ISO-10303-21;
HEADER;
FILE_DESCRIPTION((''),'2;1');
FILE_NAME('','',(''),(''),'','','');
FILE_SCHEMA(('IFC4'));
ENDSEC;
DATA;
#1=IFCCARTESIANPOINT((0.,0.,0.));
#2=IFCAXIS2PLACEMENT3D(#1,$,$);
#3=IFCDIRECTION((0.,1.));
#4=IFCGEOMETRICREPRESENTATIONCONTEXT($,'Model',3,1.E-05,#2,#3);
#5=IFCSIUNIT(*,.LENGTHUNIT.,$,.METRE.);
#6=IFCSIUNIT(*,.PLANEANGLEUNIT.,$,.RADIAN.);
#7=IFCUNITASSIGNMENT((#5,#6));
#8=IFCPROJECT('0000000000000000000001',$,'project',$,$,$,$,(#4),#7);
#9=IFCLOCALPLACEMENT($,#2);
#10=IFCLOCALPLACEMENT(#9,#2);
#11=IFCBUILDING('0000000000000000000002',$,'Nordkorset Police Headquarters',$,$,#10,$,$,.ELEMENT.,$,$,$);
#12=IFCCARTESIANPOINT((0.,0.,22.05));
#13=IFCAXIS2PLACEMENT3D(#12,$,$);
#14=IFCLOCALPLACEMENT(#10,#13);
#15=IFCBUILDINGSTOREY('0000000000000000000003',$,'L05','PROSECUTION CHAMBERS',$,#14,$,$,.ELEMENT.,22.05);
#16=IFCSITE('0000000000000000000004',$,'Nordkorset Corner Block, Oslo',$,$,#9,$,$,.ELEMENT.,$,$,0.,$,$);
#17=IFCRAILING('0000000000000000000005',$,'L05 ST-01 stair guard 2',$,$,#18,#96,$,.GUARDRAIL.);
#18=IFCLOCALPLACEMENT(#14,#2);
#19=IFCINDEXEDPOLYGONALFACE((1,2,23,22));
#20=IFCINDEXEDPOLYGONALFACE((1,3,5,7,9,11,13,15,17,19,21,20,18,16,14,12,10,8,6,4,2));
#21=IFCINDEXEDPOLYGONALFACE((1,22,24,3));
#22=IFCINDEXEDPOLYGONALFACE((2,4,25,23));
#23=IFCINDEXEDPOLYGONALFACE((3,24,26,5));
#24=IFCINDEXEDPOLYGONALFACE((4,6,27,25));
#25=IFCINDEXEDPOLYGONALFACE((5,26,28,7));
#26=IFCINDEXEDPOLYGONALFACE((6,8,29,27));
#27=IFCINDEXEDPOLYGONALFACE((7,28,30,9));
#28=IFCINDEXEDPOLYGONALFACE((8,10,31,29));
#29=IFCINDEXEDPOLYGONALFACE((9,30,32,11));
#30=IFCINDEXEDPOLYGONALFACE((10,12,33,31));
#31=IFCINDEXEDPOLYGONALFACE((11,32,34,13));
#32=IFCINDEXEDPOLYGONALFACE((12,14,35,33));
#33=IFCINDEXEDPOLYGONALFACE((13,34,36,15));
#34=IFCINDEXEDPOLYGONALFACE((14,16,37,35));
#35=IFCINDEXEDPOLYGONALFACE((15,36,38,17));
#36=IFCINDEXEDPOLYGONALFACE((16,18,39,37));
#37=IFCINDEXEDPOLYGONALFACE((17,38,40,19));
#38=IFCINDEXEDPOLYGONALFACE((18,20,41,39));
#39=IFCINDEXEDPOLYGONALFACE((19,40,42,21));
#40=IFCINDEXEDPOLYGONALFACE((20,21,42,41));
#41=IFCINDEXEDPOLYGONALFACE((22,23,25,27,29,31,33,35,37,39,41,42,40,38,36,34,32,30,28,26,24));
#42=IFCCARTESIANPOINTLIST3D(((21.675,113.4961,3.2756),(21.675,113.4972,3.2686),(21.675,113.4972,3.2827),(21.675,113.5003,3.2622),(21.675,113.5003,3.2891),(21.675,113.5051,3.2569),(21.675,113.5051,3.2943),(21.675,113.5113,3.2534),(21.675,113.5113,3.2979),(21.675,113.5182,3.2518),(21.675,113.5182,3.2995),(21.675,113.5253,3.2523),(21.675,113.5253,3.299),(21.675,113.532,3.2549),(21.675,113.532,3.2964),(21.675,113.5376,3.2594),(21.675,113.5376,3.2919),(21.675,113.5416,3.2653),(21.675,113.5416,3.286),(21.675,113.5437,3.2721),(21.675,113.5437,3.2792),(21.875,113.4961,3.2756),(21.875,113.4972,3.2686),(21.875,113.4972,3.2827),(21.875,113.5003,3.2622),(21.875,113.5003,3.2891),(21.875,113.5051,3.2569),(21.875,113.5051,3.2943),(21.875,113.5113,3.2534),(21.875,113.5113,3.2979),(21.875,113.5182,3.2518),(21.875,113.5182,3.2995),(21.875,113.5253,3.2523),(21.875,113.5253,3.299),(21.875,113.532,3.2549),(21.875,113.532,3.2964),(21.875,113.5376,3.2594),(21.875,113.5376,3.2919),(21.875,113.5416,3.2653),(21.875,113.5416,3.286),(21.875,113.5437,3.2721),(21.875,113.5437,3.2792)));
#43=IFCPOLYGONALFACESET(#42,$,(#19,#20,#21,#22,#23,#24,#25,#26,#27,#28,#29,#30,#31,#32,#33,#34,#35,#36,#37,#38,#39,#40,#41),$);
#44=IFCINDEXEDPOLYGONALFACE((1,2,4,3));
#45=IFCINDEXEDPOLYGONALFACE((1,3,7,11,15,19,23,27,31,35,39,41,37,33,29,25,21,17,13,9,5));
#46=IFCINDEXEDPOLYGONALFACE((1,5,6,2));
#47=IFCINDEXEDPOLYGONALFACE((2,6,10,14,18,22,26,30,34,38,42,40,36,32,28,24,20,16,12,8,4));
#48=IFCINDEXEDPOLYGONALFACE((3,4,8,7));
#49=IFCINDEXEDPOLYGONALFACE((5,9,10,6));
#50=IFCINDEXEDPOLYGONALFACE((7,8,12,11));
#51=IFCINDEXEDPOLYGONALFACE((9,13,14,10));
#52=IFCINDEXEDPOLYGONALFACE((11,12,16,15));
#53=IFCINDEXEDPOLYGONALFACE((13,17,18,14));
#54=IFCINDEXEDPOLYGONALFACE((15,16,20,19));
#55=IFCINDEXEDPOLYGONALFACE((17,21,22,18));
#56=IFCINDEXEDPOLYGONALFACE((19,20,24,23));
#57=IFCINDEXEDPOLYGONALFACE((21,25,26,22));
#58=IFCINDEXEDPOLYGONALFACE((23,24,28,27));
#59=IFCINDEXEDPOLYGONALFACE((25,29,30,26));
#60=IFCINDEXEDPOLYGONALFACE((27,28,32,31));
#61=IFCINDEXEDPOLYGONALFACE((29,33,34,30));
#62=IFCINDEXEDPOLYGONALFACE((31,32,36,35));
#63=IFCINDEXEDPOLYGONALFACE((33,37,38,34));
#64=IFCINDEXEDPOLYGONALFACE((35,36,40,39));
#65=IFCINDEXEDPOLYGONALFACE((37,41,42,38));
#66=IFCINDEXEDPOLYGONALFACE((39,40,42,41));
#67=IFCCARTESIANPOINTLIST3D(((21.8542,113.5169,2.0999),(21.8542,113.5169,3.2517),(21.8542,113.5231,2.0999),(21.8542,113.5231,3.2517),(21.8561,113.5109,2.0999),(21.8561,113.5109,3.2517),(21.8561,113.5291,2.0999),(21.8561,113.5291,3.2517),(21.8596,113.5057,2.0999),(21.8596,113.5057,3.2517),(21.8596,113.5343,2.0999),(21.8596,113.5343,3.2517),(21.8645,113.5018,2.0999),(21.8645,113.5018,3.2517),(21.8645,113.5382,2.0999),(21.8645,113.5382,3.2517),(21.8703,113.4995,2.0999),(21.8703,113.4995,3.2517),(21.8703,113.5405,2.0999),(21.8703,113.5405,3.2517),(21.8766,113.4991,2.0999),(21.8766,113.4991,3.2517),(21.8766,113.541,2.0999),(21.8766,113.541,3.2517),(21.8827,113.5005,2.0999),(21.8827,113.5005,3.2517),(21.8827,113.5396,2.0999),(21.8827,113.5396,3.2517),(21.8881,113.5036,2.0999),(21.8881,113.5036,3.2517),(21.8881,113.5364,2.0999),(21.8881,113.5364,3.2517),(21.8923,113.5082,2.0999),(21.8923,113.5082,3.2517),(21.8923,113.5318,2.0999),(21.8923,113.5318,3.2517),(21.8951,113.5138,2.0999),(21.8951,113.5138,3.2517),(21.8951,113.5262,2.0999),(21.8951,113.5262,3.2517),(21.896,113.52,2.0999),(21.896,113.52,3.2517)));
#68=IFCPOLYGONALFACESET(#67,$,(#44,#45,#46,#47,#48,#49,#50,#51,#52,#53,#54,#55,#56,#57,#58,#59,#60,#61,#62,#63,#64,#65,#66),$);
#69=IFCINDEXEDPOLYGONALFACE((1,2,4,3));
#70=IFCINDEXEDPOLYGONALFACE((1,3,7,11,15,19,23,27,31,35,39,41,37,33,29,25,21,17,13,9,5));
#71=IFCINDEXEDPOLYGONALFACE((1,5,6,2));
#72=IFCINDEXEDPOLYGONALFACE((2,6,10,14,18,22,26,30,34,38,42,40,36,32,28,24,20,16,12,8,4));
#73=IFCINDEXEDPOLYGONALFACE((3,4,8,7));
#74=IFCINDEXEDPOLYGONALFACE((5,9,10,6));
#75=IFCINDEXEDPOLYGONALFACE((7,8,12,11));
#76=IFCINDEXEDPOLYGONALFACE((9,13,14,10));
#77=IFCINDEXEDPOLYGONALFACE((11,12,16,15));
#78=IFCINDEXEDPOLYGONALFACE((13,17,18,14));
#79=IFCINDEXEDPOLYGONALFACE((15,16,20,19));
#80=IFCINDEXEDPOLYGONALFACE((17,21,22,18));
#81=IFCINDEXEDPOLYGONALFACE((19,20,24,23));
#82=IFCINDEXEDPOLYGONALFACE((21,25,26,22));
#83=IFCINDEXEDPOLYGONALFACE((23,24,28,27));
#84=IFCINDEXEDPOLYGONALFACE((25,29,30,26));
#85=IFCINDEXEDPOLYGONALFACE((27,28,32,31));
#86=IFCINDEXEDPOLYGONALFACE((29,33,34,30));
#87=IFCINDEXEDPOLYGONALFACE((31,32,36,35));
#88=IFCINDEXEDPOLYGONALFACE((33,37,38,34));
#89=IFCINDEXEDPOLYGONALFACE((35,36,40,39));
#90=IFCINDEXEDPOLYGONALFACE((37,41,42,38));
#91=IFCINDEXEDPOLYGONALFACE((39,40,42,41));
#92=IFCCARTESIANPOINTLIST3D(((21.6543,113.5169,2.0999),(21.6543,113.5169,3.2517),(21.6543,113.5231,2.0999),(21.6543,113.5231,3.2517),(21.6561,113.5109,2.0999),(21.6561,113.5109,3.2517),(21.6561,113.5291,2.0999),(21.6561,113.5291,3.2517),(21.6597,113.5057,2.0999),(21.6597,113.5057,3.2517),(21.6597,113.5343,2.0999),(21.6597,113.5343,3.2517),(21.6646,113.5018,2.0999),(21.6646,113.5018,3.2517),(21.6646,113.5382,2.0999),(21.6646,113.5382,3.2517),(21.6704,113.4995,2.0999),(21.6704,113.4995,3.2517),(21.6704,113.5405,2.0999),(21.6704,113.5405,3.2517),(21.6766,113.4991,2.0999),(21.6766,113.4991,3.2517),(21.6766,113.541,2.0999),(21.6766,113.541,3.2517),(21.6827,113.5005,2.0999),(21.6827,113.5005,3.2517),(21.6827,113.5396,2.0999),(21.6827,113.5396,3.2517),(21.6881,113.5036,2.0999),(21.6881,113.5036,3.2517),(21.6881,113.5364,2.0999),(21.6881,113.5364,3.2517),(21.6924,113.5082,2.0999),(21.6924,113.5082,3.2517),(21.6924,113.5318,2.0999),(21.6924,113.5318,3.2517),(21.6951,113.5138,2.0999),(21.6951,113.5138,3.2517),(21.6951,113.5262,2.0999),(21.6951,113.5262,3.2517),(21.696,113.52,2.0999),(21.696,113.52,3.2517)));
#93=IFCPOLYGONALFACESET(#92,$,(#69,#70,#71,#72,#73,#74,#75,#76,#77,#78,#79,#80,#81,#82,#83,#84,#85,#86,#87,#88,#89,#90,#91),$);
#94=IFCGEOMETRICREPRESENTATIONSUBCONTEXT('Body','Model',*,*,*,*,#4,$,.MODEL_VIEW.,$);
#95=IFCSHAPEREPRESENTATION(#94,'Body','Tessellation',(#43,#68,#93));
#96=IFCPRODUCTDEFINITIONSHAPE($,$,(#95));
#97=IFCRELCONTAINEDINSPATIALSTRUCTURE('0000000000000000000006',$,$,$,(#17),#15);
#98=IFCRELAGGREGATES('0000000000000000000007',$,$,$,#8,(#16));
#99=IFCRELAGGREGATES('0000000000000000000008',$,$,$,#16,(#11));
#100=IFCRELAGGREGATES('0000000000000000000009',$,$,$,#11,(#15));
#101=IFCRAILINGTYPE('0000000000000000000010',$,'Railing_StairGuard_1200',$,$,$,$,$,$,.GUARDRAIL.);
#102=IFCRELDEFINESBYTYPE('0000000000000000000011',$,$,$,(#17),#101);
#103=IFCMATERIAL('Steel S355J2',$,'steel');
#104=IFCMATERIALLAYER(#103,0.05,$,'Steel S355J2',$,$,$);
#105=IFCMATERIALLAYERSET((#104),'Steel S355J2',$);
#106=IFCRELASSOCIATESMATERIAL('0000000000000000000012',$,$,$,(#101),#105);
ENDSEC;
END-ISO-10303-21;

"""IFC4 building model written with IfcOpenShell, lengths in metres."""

from ifc_helpers import new_model, si_unit, direction, frame, origin, origin_2d, place, context, subcontext, project, spatial, circle, extrude, material, layer, layer_set, type_object, element, save


model = new_model("IFC4")

# Units and contexts
model_context = context("Model", 3, precision=1e-05, world=origin(), true_north=direction((0.0, 1.0)))
body_context = subcontext(model_context, "Body", "Model", "MODEL_VIEW")
ifc_project = project(units=[si_unit("LENGTHUNIT", "METRE"), si_unit("PLANEANGLEUNIT", "RADIAN")], contexts=[model_context])

# Site, building, storey
site_placement = place(None, origin())
site = spatial("IfcSite", under=ifc_project, at=site_placement, Name="Nordkorset Corner Block, Oslo", CompositionType="ELEMENT", RefElevation=0.0)
building_placement = place(site_placement, origin())
building = spatial("IfcBuilding", under=site, at=building_placement, Name="Nordkorset Police Headquarters", CompositionType="ELEMENT")
storey_placement = place(building_placement, frame((0.0, 0.0, 22.05)))
storey = spatial("IfcBuildingStorey", under=building, at=storey_placement, Name="L05", Description="PROSECUTION CHAMBERS", CompositionType="ELEMENT", Elevation=22.05)

# Railing
ifc_material_1 = material(Name="Steel S355J2", Category="steel")
ifc_layer_1 = layer(ifc_material_1, 0.05, Name="Steel S355J2")
ifc_layer_set_1 = layer_set([ifc_layer_1], Name="Steel S355J2")
railing_type_1 = type_object("IfcRailingType", Name="Railing_StairGuard_1200", PredefinedType="GUARDRAIL", material=ifc_layer_set_1)
railing_1_placement = place(storey_placement, frame((21.875, 113.52, 2.0999)))
element("IfcRailing", 1, at=railing_1_placement, inside=storey, type_object=railing_type_1, Name="L05 ST-01 stair guard 2", PredefinedType="GUARDRAIL", context=body_context, shape_type="SweptSolid", body=[
    extrude(circle(Radius=0.0239, at=origin_2d()), frame((0.0, 0.0, 1.1758), z_axis=(-1.0, 0.0, 0.0), x_axis=(0.0, -1.0, 0.0)), (0.0, 0.0, 1.0), 0.2),
    extrude(circle(Radius=0.021, at=origin_2d()), origin(), (0.0, 0.0, 1.0), 1.1519),
    extrude(circle(Radius=0.021, at=origin_2d()), frame((-0.2, 0.0, 0.0)), (0.0, 0.0, 1.0), 1.1519),
])

save(model, "model.ifc")
